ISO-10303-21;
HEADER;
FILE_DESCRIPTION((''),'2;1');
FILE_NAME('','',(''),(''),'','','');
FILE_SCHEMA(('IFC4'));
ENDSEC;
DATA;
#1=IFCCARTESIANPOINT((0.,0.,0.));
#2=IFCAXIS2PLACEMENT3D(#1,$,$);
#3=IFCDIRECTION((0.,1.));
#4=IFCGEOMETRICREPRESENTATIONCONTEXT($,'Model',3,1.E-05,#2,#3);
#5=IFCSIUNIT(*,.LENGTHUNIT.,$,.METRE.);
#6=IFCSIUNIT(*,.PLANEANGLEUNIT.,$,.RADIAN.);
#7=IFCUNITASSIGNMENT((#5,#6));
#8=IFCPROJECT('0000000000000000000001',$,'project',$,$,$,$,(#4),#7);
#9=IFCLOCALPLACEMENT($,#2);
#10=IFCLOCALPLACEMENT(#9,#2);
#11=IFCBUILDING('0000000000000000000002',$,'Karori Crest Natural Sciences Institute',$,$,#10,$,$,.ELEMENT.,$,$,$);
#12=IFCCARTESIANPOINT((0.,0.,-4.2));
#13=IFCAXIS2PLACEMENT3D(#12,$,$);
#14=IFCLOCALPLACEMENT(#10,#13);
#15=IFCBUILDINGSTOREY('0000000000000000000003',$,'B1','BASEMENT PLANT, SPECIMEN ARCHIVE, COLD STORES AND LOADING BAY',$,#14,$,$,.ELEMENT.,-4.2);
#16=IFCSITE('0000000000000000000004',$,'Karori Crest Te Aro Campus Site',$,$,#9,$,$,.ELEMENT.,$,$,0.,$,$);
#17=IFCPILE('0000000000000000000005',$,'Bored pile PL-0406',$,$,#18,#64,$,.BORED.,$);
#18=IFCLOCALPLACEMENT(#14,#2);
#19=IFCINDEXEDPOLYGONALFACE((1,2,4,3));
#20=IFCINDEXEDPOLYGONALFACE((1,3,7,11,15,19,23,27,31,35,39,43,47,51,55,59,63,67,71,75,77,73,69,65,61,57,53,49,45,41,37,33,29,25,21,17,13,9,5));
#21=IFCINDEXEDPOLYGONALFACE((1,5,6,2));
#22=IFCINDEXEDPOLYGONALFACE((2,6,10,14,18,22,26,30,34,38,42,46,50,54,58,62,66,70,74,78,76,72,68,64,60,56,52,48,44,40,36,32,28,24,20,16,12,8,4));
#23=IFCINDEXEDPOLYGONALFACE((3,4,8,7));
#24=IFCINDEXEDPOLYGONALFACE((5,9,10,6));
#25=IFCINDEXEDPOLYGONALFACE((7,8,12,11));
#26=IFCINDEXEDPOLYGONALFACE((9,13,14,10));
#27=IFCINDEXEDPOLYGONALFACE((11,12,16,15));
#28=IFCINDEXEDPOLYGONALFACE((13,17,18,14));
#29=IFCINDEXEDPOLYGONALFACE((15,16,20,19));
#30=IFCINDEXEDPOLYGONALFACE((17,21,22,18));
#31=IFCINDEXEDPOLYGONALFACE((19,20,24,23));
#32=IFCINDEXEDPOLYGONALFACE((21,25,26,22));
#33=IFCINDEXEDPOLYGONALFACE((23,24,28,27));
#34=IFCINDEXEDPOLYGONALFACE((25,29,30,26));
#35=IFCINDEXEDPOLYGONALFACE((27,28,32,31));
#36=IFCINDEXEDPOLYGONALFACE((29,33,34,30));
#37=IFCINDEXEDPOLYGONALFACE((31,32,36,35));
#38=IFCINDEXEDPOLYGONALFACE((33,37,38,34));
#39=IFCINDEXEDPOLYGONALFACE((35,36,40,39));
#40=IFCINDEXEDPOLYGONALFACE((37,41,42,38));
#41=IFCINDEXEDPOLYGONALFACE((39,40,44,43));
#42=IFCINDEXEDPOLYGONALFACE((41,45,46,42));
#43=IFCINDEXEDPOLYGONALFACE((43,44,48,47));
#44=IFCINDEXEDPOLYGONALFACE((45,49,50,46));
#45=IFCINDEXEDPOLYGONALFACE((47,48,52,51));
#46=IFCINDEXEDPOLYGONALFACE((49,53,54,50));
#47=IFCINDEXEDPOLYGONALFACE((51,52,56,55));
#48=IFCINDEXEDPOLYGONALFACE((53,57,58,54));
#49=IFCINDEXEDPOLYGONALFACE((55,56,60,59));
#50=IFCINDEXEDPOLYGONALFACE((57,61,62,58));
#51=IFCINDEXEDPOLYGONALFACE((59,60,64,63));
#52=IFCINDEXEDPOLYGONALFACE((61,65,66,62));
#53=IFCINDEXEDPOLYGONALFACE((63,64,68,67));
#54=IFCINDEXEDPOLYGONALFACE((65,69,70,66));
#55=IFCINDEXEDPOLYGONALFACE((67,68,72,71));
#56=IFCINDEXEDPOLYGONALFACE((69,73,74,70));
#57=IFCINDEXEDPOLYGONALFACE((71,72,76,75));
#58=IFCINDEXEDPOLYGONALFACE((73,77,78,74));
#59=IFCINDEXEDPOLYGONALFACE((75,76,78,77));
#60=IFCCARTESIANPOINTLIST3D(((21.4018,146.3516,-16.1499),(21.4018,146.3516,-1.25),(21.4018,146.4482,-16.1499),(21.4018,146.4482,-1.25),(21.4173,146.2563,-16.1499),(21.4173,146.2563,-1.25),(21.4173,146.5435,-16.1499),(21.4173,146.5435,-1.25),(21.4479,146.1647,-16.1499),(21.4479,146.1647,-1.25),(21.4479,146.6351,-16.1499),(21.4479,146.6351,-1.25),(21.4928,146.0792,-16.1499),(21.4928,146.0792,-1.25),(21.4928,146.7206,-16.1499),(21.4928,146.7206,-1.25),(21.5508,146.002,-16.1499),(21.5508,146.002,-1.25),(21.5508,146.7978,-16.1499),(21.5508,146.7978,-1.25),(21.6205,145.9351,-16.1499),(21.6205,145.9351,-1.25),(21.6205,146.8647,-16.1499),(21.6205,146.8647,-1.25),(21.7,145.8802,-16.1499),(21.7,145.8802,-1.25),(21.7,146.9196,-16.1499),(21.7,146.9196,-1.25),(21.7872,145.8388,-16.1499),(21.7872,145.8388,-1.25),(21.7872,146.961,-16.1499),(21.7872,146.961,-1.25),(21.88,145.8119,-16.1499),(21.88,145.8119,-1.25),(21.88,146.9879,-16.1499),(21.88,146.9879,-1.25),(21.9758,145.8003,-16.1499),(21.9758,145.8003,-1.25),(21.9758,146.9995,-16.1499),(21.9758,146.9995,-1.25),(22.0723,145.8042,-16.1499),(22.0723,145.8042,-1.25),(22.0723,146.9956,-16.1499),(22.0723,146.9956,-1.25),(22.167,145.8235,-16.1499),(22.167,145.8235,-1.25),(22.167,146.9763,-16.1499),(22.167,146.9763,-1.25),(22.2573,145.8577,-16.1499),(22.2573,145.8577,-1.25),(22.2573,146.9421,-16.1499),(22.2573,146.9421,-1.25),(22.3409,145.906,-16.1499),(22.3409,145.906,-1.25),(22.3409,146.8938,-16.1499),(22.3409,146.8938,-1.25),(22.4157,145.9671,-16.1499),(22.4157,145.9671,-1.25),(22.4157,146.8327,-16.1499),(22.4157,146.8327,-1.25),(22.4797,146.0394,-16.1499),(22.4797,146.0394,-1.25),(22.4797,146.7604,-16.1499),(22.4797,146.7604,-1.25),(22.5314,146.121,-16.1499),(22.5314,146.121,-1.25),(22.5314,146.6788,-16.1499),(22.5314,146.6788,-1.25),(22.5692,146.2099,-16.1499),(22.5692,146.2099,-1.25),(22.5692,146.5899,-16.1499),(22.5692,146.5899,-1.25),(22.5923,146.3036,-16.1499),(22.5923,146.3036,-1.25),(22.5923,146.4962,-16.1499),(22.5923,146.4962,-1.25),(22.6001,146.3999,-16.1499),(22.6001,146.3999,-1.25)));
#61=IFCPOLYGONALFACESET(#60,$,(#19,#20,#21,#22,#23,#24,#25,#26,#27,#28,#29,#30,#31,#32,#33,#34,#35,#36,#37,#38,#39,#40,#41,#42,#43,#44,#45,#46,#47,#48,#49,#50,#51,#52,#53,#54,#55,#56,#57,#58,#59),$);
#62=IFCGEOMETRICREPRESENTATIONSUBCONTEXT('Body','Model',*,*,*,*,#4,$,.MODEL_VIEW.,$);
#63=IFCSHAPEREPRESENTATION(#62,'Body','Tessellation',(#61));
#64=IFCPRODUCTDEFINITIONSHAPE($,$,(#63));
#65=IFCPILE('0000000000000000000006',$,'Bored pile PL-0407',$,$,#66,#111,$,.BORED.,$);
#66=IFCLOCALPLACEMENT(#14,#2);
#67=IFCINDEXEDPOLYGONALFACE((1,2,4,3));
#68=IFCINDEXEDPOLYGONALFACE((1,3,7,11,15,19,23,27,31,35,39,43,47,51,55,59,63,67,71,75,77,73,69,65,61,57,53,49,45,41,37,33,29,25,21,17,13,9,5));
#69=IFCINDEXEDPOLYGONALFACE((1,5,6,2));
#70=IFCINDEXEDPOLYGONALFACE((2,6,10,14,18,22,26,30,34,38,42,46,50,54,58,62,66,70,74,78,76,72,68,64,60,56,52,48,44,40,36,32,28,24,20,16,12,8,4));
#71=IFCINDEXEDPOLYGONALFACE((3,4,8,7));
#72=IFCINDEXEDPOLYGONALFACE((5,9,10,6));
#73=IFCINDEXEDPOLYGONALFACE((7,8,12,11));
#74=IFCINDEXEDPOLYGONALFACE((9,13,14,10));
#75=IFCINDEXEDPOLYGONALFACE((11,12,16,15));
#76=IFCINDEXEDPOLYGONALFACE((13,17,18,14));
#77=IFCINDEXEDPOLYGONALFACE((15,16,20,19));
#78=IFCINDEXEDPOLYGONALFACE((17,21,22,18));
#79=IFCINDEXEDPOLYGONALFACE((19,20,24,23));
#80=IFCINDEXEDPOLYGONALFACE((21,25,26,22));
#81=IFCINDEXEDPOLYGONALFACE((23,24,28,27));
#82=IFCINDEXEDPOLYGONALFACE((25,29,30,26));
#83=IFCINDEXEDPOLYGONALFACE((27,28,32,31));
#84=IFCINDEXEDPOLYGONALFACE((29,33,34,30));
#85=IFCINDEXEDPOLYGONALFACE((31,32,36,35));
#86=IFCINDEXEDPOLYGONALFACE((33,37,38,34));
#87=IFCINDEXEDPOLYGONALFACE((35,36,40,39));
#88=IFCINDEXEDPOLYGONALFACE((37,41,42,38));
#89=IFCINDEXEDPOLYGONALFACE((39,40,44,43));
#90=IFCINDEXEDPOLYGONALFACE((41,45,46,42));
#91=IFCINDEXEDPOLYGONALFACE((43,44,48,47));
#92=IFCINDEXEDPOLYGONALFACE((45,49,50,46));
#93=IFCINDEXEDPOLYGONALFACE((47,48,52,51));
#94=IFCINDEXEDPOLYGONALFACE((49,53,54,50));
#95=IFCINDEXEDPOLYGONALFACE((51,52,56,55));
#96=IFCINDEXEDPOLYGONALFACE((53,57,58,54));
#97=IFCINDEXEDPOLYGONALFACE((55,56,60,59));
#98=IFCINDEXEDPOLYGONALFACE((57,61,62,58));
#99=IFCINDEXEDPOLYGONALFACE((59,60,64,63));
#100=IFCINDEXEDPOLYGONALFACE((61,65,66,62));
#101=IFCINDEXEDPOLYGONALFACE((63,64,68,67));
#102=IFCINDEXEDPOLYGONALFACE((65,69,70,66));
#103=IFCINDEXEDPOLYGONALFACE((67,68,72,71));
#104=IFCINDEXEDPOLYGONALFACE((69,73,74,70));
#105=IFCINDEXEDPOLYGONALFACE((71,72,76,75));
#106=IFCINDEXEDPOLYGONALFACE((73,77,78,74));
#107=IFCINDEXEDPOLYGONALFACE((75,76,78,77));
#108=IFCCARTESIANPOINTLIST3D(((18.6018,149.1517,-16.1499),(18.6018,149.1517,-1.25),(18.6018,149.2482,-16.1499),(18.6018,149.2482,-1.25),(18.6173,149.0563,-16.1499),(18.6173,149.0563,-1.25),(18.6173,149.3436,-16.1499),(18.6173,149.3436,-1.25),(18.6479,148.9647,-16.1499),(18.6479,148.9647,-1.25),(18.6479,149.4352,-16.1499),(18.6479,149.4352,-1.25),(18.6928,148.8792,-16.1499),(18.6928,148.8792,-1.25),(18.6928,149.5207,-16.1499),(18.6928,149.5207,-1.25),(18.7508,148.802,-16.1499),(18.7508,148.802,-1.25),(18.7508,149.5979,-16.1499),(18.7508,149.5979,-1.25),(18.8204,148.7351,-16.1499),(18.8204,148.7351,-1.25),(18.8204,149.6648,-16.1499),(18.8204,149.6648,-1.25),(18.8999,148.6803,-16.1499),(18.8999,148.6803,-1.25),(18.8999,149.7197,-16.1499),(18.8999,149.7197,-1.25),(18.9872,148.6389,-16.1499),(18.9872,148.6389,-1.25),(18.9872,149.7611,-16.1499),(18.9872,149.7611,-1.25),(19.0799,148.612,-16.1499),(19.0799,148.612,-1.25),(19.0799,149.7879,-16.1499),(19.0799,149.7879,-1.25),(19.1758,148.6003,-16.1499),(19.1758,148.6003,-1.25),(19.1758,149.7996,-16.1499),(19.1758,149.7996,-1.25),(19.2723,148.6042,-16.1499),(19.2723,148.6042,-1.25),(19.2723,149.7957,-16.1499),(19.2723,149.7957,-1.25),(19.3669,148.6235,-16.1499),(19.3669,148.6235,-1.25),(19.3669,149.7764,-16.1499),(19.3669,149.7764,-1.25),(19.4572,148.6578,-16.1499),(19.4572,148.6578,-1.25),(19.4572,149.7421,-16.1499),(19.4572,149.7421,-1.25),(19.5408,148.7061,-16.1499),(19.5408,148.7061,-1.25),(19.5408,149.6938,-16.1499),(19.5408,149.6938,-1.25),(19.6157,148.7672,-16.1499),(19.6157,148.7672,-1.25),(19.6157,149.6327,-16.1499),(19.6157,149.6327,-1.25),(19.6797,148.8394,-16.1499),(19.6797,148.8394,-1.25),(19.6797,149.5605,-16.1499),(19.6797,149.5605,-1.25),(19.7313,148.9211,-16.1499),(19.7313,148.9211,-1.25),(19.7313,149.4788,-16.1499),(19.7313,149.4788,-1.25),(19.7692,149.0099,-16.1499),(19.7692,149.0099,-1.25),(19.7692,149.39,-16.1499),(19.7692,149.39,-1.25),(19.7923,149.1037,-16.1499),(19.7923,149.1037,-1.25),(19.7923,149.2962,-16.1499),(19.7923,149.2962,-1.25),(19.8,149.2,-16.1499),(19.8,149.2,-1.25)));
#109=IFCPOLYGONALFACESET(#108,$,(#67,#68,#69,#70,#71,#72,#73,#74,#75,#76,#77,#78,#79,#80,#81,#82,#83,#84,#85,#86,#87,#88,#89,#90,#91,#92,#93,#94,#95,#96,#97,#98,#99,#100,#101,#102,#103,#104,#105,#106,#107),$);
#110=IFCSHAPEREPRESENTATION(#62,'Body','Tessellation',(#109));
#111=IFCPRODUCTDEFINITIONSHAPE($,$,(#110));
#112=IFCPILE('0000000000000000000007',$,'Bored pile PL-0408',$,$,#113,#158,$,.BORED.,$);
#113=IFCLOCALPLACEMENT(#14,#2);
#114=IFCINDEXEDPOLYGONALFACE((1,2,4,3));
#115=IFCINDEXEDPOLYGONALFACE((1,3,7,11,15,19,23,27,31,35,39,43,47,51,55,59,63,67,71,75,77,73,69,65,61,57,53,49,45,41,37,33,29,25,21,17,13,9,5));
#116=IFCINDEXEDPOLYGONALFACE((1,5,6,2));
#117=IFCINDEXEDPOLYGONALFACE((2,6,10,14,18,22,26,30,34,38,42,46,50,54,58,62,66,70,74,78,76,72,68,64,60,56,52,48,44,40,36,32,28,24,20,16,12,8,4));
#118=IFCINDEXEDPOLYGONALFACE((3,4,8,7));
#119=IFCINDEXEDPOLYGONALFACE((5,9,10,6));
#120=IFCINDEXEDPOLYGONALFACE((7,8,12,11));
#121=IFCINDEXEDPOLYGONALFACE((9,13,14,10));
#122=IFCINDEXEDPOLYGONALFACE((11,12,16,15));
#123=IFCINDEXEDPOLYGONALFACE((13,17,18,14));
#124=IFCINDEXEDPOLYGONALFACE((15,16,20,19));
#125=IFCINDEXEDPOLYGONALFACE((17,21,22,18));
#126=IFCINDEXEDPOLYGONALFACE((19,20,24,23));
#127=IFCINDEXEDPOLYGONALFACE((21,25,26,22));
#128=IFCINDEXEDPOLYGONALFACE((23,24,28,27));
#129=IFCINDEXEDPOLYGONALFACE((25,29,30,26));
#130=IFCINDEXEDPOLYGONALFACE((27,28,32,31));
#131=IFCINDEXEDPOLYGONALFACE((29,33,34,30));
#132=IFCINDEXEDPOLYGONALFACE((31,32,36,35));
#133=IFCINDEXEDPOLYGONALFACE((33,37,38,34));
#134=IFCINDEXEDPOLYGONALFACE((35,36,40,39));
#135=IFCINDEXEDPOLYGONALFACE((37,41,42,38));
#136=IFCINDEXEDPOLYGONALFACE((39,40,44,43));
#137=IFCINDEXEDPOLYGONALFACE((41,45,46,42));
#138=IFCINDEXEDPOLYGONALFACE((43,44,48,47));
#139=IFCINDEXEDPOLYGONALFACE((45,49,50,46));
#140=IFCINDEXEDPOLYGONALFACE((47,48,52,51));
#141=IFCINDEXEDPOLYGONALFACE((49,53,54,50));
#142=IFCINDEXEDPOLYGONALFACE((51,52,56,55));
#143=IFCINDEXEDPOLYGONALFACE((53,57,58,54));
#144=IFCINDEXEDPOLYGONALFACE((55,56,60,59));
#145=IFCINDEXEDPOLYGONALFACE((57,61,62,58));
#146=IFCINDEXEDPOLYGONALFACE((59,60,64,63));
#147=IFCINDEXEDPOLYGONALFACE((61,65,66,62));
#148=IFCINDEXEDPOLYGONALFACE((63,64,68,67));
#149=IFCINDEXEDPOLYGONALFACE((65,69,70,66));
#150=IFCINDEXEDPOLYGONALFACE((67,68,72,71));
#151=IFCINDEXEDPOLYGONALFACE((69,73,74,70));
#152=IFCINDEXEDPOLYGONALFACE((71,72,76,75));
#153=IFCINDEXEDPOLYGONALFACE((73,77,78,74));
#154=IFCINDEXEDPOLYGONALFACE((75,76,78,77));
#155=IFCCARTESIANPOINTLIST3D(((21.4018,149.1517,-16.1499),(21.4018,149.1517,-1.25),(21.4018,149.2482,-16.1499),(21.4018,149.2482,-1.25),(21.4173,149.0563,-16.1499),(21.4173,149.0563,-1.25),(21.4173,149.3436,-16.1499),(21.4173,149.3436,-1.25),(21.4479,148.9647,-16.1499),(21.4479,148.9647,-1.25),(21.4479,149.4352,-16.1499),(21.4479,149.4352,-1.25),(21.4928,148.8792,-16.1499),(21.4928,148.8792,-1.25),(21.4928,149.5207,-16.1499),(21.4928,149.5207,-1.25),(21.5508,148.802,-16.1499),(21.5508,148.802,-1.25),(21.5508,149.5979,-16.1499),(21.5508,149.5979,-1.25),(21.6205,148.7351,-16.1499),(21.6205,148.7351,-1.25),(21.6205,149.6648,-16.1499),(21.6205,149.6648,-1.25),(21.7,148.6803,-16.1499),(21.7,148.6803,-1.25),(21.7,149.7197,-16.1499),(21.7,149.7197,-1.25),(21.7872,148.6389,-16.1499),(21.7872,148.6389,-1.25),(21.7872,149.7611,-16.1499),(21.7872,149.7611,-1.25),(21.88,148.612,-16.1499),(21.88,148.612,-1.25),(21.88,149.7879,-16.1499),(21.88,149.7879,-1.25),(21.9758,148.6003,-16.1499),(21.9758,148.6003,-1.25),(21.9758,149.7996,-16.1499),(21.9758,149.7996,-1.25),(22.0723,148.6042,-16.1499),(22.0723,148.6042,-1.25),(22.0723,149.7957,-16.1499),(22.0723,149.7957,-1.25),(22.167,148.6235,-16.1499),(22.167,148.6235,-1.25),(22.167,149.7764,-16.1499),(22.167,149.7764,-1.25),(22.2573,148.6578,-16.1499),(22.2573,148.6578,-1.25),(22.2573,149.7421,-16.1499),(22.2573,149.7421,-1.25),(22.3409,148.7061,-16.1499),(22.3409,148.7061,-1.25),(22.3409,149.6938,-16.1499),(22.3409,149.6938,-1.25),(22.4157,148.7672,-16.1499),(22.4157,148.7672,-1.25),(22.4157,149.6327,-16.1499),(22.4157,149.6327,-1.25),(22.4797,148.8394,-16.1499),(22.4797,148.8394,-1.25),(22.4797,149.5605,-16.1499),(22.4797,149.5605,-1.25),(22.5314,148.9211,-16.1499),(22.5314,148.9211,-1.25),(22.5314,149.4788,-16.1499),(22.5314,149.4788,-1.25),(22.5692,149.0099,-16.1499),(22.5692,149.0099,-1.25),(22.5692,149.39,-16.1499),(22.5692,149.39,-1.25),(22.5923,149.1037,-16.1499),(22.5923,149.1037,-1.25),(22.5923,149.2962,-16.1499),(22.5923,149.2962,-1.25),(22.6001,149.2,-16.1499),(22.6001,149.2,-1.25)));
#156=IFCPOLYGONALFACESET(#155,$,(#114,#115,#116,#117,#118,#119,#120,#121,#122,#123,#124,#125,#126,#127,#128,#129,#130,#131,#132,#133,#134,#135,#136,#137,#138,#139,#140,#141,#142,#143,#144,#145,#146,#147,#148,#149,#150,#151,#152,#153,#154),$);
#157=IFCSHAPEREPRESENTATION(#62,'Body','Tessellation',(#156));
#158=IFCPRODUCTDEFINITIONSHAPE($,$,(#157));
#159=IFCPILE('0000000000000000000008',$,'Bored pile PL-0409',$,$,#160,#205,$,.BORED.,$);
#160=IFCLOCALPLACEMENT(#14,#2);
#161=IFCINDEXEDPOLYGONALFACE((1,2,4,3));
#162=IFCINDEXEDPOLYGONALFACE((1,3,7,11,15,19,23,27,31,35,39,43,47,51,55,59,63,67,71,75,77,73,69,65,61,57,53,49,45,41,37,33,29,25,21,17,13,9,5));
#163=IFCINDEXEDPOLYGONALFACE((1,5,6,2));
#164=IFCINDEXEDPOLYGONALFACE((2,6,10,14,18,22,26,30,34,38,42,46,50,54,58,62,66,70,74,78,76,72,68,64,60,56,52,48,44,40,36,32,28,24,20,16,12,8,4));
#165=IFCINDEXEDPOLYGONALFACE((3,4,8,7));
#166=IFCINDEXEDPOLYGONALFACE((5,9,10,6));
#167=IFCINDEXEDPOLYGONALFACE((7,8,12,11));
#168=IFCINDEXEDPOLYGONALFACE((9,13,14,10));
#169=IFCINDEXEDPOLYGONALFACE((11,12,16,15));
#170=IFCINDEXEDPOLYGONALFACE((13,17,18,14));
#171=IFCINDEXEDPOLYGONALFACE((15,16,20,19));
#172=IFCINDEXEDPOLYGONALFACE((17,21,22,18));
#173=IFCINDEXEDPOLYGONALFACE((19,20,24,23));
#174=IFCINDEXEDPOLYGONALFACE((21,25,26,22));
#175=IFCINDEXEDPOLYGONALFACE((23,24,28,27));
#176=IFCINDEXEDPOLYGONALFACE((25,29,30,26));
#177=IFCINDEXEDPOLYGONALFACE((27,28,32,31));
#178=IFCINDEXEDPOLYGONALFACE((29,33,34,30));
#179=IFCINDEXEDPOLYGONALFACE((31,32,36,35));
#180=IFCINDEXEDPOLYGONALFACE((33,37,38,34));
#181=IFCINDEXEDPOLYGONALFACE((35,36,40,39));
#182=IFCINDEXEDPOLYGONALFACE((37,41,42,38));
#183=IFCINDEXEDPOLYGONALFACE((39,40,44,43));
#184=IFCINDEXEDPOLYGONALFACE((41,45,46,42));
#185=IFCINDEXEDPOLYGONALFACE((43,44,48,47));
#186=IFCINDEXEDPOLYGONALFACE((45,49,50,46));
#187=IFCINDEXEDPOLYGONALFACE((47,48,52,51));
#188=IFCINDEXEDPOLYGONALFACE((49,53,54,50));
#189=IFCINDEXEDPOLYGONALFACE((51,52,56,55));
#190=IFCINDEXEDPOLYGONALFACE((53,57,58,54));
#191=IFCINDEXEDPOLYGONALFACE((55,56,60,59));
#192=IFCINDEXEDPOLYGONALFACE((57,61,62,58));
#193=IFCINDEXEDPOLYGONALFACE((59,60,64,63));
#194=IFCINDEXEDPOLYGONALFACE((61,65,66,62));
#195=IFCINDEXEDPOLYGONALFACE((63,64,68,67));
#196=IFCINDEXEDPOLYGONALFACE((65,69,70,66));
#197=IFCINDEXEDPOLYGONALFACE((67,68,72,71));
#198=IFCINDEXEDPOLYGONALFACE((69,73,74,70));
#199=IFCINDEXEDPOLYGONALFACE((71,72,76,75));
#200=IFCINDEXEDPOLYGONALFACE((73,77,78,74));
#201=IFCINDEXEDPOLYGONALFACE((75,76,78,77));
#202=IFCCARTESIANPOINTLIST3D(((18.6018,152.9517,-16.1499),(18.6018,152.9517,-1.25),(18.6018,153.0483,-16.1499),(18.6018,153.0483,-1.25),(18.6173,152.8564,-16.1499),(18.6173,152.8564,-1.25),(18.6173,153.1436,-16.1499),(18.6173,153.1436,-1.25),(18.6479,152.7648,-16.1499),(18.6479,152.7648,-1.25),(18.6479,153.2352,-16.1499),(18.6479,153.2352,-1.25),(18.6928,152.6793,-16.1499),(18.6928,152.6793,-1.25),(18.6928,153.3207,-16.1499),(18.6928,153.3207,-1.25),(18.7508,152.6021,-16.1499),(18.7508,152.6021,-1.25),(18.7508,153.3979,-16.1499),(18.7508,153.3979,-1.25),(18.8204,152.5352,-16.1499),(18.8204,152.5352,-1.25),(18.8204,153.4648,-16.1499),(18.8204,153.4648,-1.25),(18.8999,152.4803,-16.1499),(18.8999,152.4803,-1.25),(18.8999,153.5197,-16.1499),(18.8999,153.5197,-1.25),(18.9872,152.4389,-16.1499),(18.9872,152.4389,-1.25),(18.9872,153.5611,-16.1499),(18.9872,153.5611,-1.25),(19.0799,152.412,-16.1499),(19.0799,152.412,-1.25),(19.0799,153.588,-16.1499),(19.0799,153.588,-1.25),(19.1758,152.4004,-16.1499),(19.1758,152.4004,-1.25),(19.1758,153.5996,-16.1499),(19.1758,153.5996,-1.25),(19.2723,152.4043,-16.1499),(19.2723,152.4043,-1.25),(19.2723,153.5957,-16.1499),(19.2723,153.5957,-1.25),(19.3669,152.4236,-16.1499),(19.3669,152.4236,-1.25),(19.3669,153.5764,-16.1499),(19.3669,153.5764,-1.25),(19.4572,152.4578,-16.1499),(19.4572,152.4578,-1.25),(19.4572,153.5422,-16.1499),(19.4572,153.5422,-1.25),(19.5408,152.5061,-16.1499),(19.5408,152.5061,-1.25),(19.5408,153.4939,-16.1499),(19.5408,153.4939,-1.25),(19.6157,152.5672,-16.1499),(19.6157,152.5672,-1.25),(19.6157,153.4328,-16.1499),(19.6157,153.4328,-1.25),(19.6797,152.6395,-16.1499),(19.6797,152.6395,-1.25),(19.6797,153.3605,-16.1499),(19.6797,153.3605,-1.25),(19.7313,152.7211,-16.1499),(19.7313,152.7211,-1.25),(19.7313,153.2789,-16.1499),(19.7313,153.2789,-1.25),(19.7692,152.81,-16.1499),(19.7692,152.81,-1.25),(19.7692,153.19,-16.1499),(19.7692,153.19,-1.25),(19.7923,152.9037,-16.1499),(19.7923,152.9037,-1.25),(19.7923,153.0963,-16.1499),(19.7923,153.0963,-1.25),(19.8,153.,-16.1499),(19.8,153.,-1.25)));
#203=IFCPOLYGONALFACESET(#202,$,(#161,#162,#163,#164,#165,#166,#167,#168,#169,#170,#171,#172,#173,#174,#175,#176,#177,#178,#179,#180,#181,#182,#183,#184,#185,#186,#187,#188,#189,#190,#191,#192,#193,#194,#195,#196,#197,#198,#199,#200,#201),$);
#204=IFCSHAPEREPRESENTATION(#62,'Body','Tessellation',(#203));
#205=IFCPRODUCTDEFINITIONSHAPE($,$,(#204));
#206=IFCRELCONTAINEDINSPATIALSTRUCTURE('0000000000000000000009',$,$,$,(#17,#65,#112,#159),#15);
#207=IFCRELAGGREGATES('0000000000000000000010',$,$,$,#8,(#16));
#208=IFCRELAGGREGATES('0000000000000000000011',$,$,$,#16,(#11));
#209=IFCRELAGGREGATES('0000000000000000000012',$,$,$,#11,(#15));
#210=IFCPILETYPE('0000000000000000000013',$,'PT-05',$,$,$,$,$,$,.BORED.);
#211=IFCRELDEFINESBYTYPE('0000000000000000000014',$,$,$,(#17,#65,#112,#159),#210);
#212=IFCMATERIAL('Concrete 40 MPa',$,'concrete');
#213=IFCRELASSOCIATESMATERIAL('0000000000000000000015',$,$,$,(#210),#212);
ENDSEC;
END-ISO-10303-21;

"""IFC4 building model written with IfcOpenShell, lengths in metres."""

from ifc_helpers import new_model, si_unit, direction, frame, origin, origin_2d, place, context, subcontext, project, spatial, circle, extrude, material, material_profile, profile_set, type_object, element, save


model = new_model("IFC4")

# Units and contexts
model_context = context("Model", 3, precision=1e-05, world=origin(), true_north=direction((0.0, 1.0)))
body_context = subcontext(model_context, "Body", "Model", "MODEL_VIEW")
ifc_project = project(units=[si_unit("LENGTHUNIT", "METRE"), si_unit("PLANEANGLEUNIT", "RADIAN")], contexts=[model_context])

# Site, building, storey
site_placement = place(None, origin())
site = spatial("IfcSite", under=ifc_project, at=site_placement, Name="Karori Crest Te Aro Campus Site", CompositionType="ELEMENT", RefElevation=0.0)
building_placement = place(site_placement, origin())
building = spatial("IfcBuilding", under=site, at=building_placement, Name="Karori Crest Natural Sciences Institute", CompositionType="ELEMENT")
storey_placement = place(building_placement, frame((0.0, 0.0, -4.2)))
storey = spatial("IfcBuildingStorey", under=building, at=storey_placement, Name="B1", Description="BASEMENT PLANT, SPECIMEN ARCHIVE, COLD STORES AND LOADING BAY", CompositionType="ELEMENT", Elevation=-4.2)

# Shared definitions
ifc_material_1 = material(Name="Concrete 40 MPa", Category="concrete")

# Piles
ifc_material_profile_1 = material_profile(ifc_material_1, circle(Radius=0.6001, at=origin_2d()), Name="PILE1200")
ifc_profile_set_1 = profile_set([ifc_material_profile_1], Name="Concrete 40 MPa")
pile_type = type_object("IfcPileType", Name="PT-05", PredefinedType="BORED", material=ifc_profile_set_1)
for number, where, z_axis, x_axis, name in (
    (1, (22.0, 146.3999, -1.25), (0.0, 0.0, -1.0), (1.0, 0.0, 0.0), "Bored pile PL-0406"),
    (2, (19.2, 149.2, -1.25), (0.0, 0.0, -1.0), (1.0, 0.0, 0.0), "Bored pile PL-0407"),
    (3, (22.0, 149.2, -1.25), (0.0, 0.0, -1.0), (1.0, 0.0, 0.0), "Bored pile PL-0408"),
    (4, (19.2, 153.0, -1.25), (0.0, 0.0, -1.0), (1.0, 0.0, 0.0), "Bored pile PL-0409"),
):
    element("IfcPile", number, at=place(storey_placement, frame(where, z_axis=z_axis, x_axis=x_axis)), inside=storey, type_object=pile_type, Name=name, PredefinedType="BORED", context=body_context, shape_type="SweptSolid", body=[
        extrude(circle(Radius=0.6001, at=origin_2d()), origin(), (0.0, 0.0, 1.0), 14.8999),
    ])

save(model, "model.ifc")
